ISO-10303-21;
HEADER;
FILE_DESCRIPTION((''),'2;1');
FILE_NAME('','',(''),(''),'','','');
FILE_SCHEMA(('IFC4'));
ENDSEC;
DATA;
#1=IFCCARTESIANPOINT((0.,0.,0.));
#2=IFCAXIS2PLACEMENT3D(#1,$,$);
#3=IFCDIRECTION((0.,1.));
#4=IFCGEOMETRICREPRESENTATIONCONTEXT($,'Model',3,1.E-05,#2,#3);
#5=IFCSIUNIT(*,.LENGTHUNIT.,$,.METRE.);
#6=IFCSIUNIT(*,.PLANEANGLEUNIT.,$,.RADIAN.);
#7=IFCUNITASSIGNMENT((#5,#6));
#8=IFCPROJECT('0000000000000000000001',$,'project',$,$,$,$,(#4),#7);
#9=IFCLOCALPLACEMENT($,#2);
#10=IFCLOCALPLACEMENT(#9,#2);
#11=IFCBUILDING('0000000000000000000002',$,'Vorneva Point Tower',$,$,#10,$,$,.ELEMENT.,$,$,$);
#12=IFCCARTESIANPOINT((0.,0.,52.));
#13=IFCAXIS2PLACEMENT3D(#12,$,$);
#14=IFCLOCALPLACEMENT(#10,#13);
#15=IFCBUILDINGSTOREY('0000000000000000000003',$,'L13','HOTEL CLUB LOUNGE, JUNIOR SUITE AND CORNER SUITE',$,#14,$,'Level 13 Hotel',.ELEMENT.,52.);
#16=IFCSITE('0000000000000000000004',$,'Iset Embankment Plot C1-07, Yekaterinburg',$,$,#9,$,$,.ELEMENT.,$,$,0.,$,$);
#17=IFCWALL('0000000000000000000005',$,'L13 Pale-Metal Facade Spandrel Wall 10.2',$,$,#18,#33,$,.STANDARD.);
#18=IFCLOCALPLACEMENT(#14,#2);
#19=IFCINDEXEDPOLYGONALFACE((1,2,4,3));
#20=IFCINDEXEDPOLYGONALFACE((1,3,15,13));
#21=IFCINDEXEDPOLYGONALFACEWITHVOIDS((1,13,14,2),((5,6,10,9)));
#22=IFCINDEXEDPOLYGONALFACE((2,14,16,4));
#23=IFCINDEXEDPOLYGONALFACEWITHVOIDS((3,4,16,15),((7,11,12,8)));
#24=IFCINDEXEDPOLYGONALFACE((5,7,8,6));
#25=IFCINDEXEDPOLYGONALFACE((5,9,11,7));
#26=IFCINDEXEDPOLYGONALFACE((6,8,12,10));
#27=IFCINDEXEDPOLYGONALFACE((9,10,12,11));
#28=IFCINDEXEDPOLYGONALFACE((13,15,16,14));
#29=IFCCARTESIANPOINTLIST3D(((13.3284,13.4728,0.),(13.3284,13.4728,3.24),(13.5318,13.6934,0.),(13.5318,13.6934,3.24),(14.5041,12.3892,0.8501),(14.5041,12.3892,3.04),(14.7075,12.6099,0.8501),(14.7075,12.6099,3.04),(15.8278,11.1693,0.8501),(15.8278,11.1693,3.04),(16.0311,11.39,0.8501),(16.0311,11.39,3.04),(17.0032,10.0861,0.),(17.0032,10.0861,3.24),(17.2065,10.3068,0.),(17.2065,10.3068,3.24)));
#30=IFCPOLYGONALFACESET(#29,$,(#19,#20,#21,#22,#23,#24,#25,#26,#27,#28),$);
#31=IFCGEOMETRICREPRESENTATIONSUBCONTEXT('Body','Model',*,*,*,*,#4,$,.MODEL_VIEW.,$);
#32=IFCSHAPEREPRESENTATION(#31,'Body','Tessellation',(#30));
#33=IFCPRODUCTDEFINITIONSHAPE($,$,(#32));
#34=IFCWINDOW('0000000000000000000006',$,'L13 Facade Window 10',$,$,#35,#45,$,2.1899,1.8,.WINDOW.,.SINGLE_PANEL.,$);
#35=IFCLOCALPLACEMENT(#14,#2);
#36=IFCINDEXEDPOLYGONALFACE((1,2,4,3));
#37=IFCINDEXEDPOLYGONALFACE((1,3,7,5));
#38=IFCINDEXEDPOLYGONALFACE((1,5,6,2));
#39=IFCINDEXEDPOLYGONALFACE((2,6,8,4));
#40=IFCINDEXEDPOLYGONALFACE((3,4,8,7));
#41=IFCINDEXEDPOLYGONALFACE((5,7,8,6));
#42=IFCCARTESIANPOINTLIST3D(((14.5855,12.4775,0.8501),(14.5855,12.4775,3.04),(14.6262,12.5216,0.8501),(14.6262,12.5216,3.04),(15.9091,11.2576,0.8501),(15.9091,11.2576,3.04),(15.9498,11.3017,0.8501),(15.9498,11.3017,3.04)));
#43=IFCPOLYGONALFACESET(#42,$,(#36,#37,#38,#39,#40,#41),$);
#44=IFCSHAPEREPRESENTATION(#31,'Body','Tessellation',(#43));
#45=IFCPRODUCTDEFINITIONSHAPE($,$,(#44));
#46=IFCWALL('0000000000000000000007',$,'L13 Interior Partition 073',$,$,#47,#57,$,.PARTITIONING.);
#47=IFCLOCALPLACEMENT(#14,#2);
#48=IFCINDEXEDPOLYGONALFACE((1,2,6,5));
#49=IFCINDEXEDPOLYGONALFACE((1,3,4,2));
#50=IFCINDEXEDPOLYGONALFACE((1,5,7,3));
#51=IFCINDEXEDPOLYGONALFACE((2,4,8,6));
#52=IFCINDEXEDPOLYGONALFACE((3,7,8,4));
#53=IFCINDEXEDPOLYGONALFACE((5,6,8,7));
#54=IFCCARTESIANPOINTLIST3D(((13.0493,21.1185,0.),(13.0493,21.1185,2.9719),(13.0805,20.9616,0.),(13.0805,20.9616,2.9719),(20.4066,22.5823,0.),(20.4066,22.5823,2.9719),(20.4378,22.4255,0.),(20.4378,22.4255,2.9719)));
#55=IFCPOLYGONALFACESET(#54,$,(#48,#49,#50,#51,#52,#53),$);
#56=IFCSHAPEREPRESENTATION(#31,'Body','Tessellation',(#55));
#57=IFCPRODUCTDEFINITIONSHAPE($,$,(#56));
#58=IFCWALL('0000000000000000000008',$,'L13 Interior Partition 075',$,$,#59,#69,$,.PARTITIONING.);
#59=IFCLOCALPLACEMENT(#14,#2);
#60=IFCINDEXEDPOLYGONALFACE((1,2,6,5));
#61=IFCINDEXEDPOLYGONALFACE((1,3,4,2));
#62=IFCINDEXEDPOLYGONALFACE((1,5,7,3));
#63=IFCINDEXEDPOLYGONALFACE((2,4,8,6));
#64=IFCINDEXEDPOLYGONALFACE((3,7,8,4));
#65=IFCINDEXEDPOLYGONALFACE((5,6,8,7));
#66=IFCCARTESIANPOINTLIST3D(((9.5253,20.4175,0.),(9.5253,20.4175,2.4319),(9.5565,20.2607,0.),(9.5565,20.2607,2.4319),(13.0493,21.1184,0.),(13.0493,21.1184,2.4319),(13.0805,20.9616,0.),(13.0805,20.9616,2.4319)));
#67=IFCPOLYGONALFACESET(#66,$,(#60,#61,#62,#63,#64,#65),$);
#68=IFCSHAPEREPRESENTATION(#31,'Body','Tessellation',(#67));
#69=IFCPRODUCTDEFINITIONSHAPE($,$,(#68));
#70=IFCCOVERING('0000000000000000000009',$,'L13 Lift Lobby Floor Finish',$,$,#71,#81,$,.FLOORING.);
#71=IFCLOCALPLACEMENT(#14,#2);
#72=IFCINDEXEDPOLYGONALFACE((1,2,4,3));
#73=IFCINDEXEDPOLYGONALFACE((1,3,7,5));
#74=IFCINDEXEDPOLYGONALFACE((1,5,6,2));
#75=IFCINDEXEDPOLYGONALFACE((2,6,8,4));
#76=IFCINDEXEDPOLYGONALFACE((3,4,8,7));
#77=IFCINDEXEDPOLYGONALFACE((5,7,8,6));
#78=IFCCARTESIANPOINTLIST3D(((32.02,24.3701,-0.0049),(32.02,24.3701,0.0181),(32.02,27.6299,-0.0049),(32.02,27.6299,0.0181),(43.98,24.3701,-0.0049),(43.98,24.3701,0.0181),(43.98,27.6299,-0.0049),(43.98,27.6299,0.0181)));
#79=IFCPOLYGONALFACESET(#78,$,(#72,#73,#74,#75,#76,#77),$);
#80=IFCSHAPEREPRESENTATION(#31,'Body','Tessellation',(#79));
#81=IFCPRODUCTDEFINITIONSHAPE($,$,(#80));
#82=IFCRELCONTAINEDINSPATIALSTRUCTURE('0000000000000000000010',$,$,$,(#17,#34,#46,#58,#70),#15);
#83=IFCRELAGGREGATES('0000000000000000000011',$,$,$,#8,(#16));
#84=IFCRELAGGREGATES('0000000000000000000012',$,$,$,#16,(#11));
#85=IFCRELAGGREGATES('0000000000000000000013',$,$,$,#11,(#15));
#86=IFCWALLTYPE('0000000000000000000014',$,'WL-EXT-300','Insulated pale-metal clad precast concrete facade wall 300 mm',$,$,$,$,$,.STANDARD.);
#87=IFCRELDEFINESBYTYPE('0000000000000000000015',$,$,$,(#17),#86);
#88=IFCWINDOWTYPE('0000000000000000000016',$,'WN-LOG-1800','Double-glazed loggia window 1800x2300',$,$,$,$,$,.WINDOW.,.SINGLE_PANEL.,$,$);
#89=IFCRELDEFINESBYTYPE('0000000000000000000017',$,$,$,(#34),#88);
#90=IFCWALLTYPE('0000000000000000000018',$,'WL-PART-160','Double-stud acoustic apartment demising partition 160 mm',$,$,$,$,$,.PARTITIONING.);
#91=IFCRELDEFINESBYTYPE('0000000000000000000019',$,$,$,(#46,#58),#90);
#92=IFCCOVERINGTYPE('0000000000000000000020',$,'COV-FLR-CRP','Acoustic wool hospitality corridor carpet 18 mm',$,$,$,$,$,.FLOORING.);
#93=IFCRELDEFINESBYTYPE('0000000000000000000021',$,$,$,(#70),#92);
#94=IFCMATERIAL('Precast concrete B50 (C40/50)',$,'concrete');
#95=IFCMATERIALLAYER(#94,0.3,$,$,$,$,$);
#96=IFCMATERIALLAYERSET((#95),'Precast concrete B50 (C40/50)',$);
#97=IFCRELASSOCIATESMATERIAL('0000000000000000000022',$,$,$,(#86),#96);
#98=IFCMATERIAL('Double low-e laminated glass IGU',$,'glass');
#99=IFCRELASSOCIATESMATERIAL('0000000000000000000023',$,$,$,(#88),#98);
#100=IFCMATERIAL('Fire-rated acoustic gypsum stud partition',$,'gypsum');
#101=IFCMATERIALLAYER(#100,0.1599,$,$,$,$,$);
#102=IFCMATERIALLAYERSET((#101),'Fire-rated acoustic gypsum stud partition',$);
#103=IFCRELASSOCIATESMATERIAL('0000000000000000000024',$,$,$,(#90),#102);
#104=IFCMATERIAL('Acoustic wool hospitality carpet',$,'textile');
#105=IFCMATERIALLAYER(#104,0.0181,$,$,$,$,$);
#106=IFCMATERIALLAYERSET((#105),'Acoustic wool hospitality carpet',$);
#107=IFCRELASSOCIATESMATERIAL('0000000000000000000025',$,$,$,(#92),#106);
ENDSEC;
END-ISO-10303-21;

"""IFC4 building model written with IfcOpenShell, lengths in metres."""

from ifc_helpers import new_model, si_unit, direction, frame, frame_2d, origin, place, context, subcontext, project, spatial, polyline, rectangle, outline, extrude, material, layer, layer_set, type_object, element, fill, save


model = new_model("IFC4")

# Units and contexts
model_context = context("Model", 3, precision=1e-05, world=origin(), true_north=direction((0.0, 1.0)))
body_context = subcontext(model_context, "Body", "Model", "MODEL_VIEW")
ifc_project = project(units=[si_unit("LENGTHUNIT", "METRE"), si_unit("PLANEANGLEUNIT", "RADIAN")], contexts=[model_context])

# Site, building, storey
site_placement = place(None, origin())
site = spatial("IfcSite", under=ifc_project, at=site_placement, Name="Iset Embankment Plot C1-07, Yekaterinburg", CompositionType="ELEMENT", RefElevation=0.0)
building_placement = place(site_placement, origin())
building = spatial("IfcBuilding", under=site, at=building_placement, Name="Vorneva Point Tower", CompositionType="ELEMENT")
storey_placement = place(building_placement, frame((0.0, 0.0, 52.0)))
storey = spatial("IfcBuildingStorey", under=building, at=storey_placement, Name="L13", Description="HOTEL CLUB LOUNGE, JUNIOR SUITE AND CORNER SUITE", LongName="Level 13 Hotel", CompositionType="ELEMENT", Elevation=52.0)

# Shared definitions
ifc_material_1 = material(Name="Double low-e laminated glass IGU", Category="glass")

# Wall, opening, window
ifc_material_2 = material(Name="Precast concrete B50 (C40/50)", Category="concrete")
ifc_layer_1 = layer(ifc_material_2, 0.3)
ifc_layer_set_1 = layer_set([ifc_layer_1], Name="Precast concrete B50 (C40/50)")
wall_type_1 = type_object("IfcWallType", Name="WL-EXT-300", Description="Insulated pale-metal clad precast concrete facade wall 300 mm", PredefinedType="STANDARD", material=ifc_layer_set_1)
wall_1_placement = place(storey_placement, frame((13.4302, 13.583, 0.0), z_axis=(0.0, 0.0, 1.0), x_axis=(0.735343, -0.677696, 0.0)))
wall_1 = element("IfcWall", 1, at=wall_1_placement, inside=storey, type_object=wall_type_1, Name="L13 Pale-Metal Facade Spandrel Wall 10.2", PredefinedType="STANDARD", context=body_context, shape_type="SweptSolid", body=[
    extrude(rectangle(XDim=4.9973, YDim=0.3, at=frame_2d((2.4985, 0.0))), origin(), (0.0, 0.0, 1.0), 3.24),
])
opening_1_placement = place(wall_1_placement, frame((1.5989, 0.0, 0.8501)))
opening_1 = element("IfcOpeningElement", 2, at=opening_1_placement, cuts=wall_1, PredefinedType="OPENING", context=body_context, shape_type="SweptSolid", body=[
    extrude(rectangle(XDim=1.8, YDim=2.1899, at=frame_2d((0.8999, 1.095))), frame((0.0, 0.165, 0.0), z_axis=(0.0, -1.0, 0.0), x_axis=(1.0, 0.0, 0.0)), (0.0, 0.0, 1.0), 0.3298),
])
window_type_1 = type_object("IfcWindowType", Name="WN-LOG-1800", Description="Double-glazed loggia window 1800x2300", PartitioningType="SINGLE_PANEL", PredefinedType="WINDOW", material=ifc_material_1)
window_1_placement = place(opening_1_placement, origin())
window_1 = element("IfcWindow", 3, at=window_1_placement, inside=storey, type_object=window_type_1, Name="L13 Facade Window 10", OverallHeight=2.1899, OverallWidth=1.8, PartitioningType="SINGLE_PANEL", PredefinedType="WINDOW", context=body_context, shape_type="SweptSolid", body=[
    extrude(rectangle(XDim=1.8, YDim=2.1899, at=frame_2d((0.8999, 1.095))), frame((0.0, 0.03, 0.0), z_axis=(0.0, -1.0, 0.0), x_axis=(1.0, 0.0, 0.0)), (0.0, 0.0, 1.0), 0.0601),
])
fill(opening_1, window_1)

# Walls
ifc_material_3 = material(Name="Fire-rated acoustic gypsum stud partition", Category="gypsum")
ifc_layer_2 = layer(ifc_material_3, 0.1599)
ifc_layer_set_2 = layer_set([ifc_layer_2], Name="Fire-rated acoustic gypsum stud partition")
wall_type_2 = type_object("IfcWallType", Name="WL-PART-160", Description="Double-stud acoustic apartment demising partition 160 mm", PredefinedType="PARTITIONING", material=ifc_layer_set_2)
wall_2_placement = place(storey_placement, frame((13.0649, 21.04, 0.0), z_axis=(0.0, 0.0, 1.0), x_axis=(0.980774, 0.195146, 0.0)))
element("IfcWall", 4, at=wall_2_placement, inside=storey, type_object=wall_type_2, Name="L13 Interior Partition 073", PredefinedType="PARTITIONING", context=body_context, shape_type="SweptSolid", body=[
    extrude(rectangle(XDim=7.5015, YDim=0.1599, at=frame_2d((3.7507, 0.0))), origin(), (0.0, 0.0, 1.0), 2.9719),
])
wall_3_placement = place(storey_placement, frame((9.541, 20.3391, 0.0), z_axis=(0.0, 0.0, 1.0), x_axis=(0.980787, 0.195084, 0.0)))
element("IfcWall", 5, at=wall_3_placement, inside=storey, type_object=wall_type_2, Name="L13 Interior Partition 075", PredefinedType="PARTITIONING", context=body_context, shape_type="SweptSolid", body=[
    extrude(rectangle(XDim=3.593, YDim=0.1599, at=frame_2d((1.7964, 0.0))), origin(), (0.0, 0.0, 1.0), 2.4319),
])

# Covering
ifc_material_4 = material(Name="Acoustic wool hospitality carpet", Category="textile")
ifc_layer_3 = layer(ifc_material_4, 0.0181)
ifc_layer_set_3 = layer_set([ifc_layer_3], Name="Acoustic wool hospitality carpet")
covering_type = type_object("IfcCoveringType", Name="COV-FLR-CRP", Description="Acoustic wool hospitality corridor carpet 18 mm", PredefinedType="FLOORING", material=ifc_layer_set_3)
covering_placement = place(storey_placement, frame((0.0, 0.0, -0.0049)))
element("IfcCovering", 6, at=covering_placement, inside=storey, type_object=covering_type, Name="L13 Lift Lobby Floor Finish", PredefinedType="FLOORING", context=body_context, shape_type="SweptSolid", body=[
    extrude(outline(polyline([(32.02, 24.3701), (43.98, 24.3701), (43.98, 27.6299), (32.02, 27.6299), (32.02, 24.3701)])), origin(), (0.0, 0.0, 1.0), 0.0229),
])

save(model, "model.ifc")
